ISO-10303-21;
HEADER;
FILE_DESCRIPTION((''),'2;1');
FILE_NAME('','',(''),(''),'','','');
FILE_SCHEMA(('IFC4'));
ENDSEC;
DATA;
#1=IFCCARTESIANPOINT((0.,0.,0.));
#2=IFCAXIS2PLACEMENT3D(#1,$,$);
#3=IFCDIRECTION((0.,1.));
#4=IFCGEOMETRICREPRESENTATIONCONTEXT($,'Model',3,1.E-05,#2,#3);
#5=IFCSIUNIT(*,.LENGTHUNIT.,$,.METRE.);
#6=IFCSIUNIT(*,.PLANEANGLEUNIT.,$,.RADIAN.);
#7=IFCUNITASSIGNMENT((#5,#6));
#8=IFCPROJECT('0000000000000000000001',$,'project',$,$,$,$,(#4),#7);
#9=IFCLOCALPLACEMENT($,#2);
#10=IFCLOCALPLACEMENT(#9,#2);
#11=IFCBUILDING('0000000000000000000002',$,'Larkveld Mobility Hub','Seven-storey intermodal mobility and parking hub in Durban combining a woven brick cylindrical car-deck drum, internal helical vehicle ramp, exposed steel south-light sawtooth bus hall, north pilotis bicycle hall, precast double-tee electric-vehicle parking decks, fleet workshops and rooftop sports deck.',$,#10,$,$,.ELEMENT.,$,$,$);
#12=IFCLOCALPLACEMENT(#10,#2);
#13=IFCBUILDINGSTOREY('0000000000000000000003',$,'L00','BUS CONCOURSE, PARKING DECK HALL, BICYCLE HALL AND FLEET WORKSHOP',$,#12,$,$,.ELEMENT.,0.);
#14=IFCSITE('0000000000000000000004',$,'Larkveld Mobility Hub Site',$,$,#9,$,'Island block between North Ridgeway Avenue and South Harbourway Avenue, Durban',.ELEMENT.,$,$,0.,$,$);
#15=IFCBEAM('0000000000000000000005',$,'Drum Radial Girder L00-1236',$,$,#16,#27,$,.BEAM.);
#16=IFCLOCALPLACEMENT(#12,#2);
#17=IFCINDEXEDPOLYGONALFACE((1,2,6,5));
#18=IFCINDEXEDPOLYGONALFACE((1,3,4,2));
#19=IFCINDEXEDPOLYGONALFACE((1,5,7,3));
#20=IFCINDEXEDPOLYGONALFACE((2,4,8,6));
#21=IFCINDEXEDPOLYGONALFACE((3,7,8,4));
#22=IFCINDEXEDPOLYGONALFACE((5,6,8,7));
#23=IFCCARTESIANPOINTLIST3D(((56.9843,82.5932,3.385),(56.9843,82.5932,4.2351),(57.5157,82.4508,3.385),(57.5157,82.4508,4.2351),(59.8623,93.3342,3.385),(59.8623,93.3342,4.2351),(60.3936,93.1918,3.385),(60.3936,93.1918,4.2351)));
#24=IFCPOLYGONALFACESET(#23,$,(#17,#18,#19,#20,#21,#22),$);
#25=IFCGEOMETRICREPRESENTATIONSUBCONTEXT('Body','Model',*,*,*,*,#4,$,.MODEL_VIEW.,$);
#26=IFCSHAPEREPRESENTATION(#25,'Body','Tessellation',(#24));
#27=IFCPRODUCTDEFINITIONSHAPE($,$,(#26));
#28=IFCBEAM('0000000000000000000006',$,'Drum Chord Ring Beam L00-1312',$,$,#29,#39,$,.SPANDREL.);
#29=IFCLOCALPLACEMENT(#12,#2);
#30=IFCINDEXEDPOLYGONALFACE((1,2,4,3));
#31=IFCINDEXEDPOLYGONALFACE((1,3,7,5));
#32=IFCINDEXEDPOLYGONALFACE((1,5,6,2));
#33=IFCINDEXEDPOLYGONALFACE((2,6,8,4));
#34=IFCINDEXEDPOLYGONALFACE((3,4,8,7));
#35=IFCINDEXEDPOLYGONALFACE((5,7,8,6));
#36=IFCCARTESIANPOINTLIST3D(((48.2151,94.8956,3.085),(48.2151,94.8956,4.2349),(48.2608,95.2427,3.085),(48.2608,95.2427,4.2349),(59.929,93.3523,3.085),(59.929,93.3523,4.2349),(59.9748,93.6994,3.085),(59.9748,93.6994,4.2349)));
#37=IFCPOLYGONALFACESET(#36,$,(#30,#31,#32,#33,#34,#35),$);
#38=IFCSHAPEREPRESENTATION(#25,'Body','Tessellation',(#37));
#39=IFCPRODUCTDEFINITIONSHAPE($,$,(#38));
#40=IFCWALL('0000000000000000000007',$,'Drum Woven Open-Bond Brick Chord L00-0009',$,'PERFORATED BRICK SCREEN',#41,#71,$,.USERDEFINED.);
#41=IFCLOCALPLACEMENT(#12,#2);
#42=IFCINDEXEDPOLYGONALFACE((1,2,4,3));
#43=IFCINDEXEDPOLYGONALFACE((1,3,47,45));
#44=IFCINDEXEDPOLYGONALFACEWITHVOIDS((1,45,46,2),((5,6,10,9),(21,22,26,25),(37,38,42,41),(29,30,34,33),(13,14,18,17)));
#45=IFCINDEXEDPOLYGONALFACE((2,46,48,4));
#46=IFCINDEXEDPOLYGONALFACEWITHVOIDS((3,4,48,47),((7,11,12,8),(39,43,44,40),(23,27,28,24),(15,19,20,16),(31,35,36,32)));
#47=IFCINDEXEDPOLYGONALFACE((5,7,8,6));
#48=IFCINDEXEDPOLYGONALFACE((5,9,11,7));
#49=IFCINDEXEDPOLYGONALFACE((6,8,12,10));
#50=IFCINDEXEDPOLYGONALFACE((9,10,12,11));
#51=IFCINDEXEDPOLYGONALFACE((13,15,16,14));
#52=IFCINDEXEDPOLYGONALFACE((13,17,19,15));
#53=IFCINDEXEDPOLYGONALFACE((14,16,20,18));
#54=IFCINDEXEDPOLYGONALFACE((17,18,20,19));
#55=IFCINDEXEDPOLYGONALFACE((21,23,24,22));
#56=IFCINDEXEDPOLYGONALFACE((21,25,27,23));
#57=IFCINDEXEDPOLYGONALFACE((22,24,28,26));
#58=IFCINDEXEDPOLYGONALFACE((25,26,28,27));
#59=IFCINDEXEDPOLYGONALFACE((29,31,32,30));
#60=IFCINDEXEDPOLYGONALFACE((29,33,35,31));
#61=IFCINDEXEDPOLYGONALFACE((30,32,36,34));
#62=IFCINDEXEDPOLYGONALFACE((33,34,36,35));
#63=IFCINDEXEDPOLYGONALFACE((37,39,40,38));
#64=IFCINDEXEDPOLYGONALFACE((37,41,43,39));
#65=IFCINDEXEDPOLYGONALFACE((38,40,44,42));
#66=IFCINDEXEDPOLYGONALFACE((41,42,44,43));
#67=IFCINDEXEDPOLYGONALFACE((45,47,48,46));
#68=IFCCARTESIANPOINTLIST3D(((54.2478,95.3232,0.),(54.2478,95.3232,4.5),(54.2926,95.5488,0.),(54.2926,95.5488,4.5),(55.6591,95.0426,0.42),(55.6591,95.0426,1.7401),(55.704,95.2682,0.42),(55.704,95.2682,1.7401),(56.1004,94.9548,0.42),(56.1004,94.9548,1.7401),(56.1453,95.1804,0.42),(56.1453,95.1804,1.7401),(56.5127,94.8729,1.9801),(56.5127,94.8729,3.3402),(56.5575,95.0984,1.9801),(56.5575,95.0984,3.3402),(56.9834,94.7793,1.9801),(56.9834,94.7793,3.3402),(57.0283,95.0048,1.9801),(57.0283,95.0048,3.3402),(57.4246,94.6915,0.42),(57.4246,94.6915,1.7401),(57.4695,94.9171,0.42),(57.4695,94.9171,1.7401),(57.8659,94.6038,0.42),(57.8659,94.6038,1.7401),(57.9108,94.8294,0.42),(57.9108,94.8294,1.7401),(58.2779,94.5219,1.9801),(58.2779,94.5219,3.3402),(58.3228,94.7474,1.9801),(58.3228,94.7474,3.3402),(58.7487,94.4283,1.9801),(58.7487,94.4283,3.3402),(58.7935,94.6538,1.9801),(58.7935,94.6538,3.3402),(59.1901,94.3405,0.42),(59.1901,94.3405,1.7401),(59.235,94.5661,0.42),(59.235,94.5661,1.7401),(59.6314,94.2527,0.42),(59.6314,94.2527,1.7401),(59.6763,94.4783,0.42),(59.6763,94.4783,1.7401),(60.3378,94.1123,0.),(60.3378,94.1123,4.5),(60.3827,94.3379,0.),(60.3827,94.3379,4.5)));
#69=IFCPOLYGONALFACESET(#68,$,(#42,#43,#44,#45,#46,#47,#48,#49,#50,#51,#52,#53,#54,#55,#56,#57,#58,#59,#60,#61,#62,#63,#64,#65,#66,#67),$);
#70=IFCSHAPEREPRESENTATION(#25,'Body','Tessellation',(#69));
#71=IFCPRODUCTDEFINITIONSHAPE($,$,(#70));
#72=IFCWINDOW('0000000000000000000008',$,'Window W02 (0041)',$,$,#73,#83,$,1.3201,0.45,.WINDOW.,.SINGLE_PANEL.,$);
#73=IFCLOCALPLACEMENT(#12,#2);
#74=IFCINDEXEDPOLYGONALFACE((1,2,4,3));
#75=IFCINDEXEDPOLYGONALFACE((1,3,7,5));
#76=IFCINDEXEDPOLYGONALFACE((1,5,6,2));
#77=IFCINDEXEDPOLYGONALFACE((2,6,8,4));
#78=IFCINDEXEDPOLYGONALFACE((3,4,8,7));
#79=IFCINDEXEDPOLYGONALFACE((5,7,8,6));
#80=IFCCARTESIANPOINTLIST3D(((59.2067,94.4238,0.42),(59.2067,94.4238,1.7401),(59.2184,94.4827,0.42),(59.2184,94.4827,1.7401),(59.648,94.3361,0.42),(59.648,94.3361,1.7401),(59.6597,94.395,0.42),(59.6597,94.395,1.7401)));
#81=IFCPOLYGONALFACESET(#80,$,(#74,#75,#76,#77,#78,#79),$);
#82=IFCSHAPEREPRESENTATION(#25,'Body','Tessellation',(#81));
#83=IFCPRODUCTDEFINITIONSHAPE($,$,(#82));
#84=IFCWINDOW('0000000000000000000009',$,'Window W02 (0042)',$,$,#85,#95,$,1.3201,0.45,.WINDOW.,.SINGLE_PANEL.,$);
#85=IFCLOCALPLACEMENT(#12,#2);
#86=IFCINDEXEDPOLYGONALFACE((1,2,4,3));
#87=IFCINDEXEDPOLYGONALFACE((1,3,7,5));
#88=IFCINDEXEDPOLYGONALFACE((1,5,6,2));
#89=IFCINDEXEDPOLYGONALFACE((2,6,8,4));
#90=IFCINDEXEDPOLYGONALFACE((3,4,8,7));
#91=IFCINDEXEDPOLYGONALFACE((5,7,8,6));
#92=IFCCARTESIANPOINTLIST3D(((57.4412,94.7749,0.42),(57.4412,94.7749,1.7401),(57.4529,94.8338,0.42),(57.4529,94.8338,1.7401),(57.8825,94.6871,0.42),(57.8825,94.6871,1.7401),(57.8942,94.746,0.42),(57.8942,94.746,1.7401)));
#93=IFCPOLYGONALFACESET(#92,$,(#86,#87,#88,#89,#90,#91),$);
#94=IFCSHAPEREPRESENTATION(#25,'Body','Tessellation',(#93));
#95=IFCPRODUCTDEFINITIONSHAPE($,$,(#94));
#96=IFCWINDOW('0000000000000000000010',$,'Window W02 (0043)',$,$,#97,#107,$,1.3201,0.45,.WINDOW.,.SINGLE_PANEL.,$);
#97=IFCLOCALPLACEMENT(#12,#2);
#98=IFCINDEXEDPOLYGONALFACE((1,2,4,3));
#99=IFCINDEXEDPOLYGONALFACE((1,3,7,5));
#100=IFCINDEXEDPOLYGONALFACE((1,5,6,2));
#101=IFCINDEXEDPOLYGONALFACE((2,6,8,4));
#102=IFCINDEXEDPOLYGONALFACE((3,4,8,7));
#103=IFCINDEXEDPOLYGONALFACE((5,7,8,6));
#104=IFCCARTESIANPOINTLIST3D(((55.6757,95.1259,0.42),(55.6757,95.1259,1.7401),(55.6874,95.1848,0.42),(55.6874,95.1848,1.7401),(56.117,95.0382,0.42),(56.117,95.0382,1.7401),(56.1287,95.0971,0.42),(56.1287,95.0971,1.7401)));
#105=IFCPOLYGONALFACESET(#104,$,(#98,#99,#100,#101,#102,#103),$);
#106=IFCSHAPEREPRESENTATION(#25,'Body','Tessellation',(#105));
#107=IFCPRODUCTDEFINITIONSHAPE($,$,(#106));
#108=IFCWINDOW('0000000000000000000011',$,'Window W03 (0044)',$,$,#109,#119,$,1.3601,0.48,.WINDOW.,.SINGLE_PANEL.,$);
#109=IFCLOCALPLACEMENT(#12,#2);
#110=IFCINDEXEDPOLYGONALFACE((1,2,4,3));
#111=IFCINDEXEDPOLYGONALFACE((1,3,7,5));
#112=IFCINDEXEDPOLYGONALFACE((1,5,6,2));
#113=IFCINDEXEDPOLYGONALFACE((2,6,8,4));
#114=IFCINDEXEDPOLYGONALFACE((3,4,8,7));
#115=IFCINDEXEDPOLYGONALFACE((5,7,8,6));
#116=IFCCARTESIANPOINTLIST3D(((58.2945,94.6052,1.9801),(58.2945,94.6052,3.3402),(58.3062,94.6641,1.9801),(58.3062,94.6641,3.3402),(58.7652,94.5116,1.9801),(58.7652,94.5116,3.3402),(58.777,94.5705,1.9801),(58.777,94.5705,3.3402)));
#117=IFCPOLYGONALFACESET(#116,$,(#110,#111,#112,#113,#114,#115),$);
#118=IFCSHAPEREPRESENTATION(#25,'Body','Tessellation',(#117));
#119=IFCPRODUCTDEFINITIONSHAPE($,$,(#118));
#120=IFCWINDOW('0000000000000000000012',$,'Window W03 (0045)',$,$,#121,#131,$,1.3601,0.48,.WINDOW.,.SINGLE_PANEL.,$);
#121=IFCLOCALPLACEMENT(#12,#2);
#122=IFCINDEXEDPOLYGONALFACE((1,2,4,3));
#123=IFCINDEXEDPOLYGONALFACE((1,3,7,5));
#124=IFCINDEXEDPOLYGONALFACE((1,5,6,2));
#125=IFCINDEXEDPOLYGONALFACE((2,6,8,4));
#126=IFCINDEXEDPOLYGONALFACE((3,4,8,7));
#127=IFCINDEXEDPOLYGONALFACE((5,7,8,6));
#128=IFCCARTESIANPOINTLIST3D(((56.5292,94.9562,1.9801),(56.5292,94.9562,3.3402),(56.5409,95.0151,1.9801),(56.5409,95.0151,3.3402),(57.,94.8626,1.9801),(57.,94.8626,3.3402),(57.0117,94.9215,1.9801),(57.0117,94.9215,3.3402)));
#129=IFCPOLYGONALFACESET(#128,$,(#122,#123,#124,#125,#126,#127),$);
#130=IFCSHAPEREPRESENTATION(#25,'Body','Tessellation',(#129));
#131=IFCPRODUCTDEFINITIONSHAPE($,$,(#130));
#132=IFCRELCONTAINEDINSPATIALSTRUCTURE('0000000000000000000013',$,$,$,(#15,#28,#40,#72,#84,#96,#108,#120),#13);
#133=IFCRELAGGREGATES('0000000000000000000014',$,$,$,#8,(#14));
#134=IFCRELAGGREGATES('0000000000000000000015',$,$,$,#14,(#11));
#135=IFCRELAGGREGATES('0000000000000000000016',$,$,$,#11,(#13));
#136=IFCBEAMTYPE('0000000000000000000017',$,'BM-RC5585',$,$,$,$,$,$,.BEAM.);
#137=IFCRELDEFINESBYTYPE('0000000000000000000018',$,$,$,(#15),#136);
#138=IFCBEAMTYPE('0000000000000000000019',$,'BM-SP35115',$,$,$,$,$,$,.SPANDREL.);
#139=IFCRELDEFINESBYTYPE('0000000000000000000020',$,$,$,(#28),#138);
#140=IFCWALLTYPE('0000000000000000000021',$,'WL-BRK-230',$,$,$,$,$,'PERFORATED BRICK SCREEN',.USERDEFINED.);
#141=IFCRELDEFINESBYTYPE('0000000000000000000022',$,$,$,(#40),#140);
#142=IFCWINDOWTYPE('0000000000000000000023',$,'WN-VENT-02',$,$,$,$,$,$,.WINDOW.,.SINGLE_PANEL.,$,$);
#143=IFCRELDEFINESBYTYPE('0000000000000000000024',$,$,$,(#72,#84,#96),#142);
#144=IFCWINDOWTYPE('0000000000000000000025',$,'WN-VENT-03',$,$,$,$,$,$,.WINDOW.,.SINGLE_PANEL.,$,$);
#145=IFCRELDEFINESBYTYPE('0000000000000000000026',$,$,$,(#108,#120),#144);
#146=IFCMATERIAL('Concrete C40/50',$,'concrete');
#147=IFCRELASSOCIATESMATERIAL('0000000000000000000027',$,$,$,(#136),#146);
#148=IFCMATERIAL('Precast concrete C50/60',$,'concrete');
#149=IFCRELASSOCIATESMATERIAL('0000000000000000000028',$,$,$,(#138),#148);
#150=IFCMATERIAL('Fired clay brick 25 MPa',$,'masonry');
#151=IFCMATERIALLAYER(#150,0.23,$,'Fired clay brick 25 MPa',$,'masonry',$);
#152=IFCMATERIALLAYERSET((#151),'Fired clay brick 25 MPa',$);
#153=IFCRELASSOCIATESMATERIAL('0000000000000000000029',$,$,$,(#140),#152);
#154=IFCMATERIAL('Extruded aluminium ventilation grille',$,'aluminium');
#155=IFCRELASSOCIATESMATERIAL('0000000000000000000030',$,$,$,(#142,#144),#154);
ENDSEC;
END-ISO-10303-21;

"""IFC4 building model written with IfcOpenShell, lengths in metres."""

from ifc_helpers import new_model, si_unit, direction, frame, frame_2d, origin, origin_2d, place, context, subcontext, project, spatial, rectangle, extrude, material, layer, layer_set, material_profile, profile_set, type_object, element, fill, save


model = new_model("IFC4")

# Units and contexts
model_context = context("Model", 3, precision=1e-05, world=origin(), true_north=direction((0.0, 1.0)))
body_context = subcontext(model_context, "Body", "Model", "MODEL_VIEW")
ifc_project = project(units=[si_unit("LENGTHUNIT", "METRE"), si_unit("PLANEANGLEUNIT", "RADIAN")], contexts=[model_context])

# Site, building, storey
site_placement = place(None, origin())
site = spatial("IfcSite", under=ifc_project, at=site_placement, Name="Larkveld Mobility Hub Site", LongName="Island block between North Ridgeway Avenue and South Harbourway Avenue, Durban", CompositionType="ELEMENT", RefElevation=0.0)
building_placement = place(site_placement, origin())
building = spatial("IfcBuilding", under=site, at=building_placement, Name="Larkveld Mobility Hub", Description="Seven-storey intermodal mobility and parking hub in Durban combining a woven brick cylindrical car-deck drum, internal helical vehicle ramp, exposed steel south-light sawtooth bus hall, north pilotis bicycle hall, precast double-tee electric-vehicle parking decks, fleet workshops and rooftop sports deck.", CompositionType="ELEMENT")
storey_placement = place(building_placement, origin())
storey = spatial("IfcBuildingStorey", under=building, at=storey_placement, Name="L00", Description="BUS CONCOURSE, PARKING DECK HALL, BICYCLE HALL AND FLEET WORKSHOP", CompositionType="ELEMENT", Elevation=0.0)

# Shared definitions
ifc_material_1 = material(Name="Concrete C40/50", Category="concrete")

# Beams
ifc_material_profile_1 = material_profile(ifc_material_1, rectangle(XDim=0.55, YDim=0.8501, at=origin_2d()), Name="RC BM 550x850")
ifc_profile_set_1 = profile_set([ifc_material_profile_1], Name="Concrete C40/50")
beam_type_1 = type_object("IfcBeamType", Name="BM-RC5585", PredefinedType="BEAM", material=ifc_profile_set_1)
beam_1_placement = place(storey_placement, frame((57.25, 82.522, 3.8101), z_axis=(0.25881, 0.965928, 0.0), x_axis=(-0.965928, 0.25881, 0.0)))
element("IfcBeam", 1, at=beam_1_placement, inside=storey, type_object=beam_type_1, Name="Drum Radial Girder L00-1236", PredefinedType="BEAM", context=body_context, shape_type="SweptSolid", body=[
    extrude(rectangle(XDim=0.55, YDim=0.8501, at=origin_2d()), origin(), (0.0, 0.0, 1.0), 11.1199),
])
ifc_material_2 = material(Name="Precast concrete C50/60", Category="concrete")
ifc_material_profile_2 = material_profile(ifc_material_2, rectangle(XDim=0.3501, YDim=1.1499, at=origin_2d()), Name="PC SP 350x1150")
ifc_profile_set_2 = profile_set([ifc_material_profile_2], Name="Precast concrete C50/60")
beam_type_2 = type_object("IfcBeamType", Name="BM-SP35115", PredefinedType="SPANDREL", material=ifc_profile_set_2)
beam_2_placement = place(storey_placement, frame((59.9519, 93.5259, 3.6599), z_axis=(-0.991433, 0.130614, 0.0), x_axis=(-0.130614, -0.991433, 0.0)))
element("IfcBeam", 2, at=beam_2_placement, inside=storey, type_object=beam_type_2, Name="Drum Chord Ring Beam L00-1312", PredefinedType="SPANDREL", context=body_context, shape_type="SweptSolid", body=[
    extrude(rectangle(XDim=0.3501, YDim=1.1499, at=origin_2d()), origin(), (0.0, 0.0, 1.0), 11.8152),
])

# Wall, openings, windows
ifc_material_3 = material(Name="Fired clay brick 25 MPa", Category="masonry")
ifc_layer = layer(ifc_material_3, 0.23, Name="Fired clay brick 25 MPa", Category="masonry")
ifc_layer_set = layer_set([ifc_layer], Name="Fired clay brick 25 MPa")
wall_type = type_object("IfcWallType", Name="WL-BRK-230", ElementType="PERFORATED BRICK SCREEN", PredefinedType="USERDEFINED", material=ifc_layer_set)
wall_placement = place(storey_placement, frame((60.3601, 94.2251, 0.0), z_axis=(0.0, 0.0, 1.0), x_axis=(-0.980799, 0.19502, 0.0)))
wall = element("IfcWall", 3, at=wall_placement, inside=storey, type_object=wall_type, Name="Drum Woven Open-Bond Brick Chord L00-0009", ObjectType="PERFORATED BRICK SCREEN", PredefinedType="USERDEFINED", context=body_context, shape_type="SweptSolid", body=[
    extrude(rectangle(XDim=6.2092, YDim=0.23, at=frame_2d((3.1045, 0.0))), origin(), (0.0, 0.0, 1.0), 4.5),
])
opening_1_placement = place(wall_placement, frame((0.72, 0.0, 0.4199)))
opening_1 = element("IfcOpeningElement", 4, at=opening_1_placement, cuts=wall, PredefinedType="OPENING", context=body_context, shape_type="SweptSolid", body=[
    extrude(rectangle(XDim=0.45, YDim=1.3201, at=frame_2d((0.2251, 0.6602))), frame((0.0, 0.125, 0.0), z_axis=(0.0, -1.0, 0.0), x_axis=(1.0, 0.0, 0.0)), (0.0, 0.0, 1.0), 0.25),
])
opening_2_placement = place(wall_placement, frame((2.52, 0.0, 0.4199)))
opening_2 = element("IfcOpeningElement", 5, at=opening_2_placement, cuts=wall, PredefinedType="OPENING", context=body_context, shape_type="SweptSolid", body=[
    extrude(rectangle(XDim=0.45, YDim=1.3201, at=frame_2d((0.2251, 0.6602))), frame((0.0, 0.125, 0.0), z_axis=(0.0, -1.0, 0.0), x_axis=(1.0, 0.0, 0.0)), (0.0, 0.0, 1.0), 0.25),
])
opening_3_placement = place(wall_placement, frame((4.3201, 0.0, 0.4199)))
opening_3 = element("IfcOpeningElement", 6, at=opening_3_placement, cuts=wall, PredefinedType="OPENING", context=body_context, shape_type="SweptSolid", body=[
    extrude(rectangle(XDim=0.45, YDim=1.3201, at=frame_2d((0.2251, 0.6602))), frame((0.0, 0.125, 0.0), z_axis=(0.0, -1.0, 0.0), x_axis=(1.0, 0.0, 0.0)), (0.0, 0.0, 1.0), 0.25),
])
opening_4_placement = place(wall_placement, frame((1.6201, 0.0, 1.98)))
opening_4 = element("IfcOpeningElement", 7, at=opening_4_placement, cuts=wall, PredefinedType="OPENING", context=body_context, shape_type="SweptSolid", body=[
    extrude(rectangle(XDim=0.48, YDim=1.3601, at=frame_2d((0.24, 0.6802))), frame((0.0, 0.125, 0.0), z_axis=(0.0, -1.0, 0.0), x_axis=(1.0, 0.0, 0.0)), (0.0, 0.0, 1.0), 0.25),
])
opening_5_placement = place(wall_placement, frame((3.4199, 0.0, 1.98)))
opening_5 = element("IfcOpeningElement", 8, at=opening_5_placement, cuts=wall, PredefinedType="OPENING", context=body_context, shape_type="SweptSolid", body=[
    extrude(rectangle(XDim=0.48, YDim=1.3601, at=frame_2d((0.24, 0.6802))), frame((0.0, 0.125, 0.0), z_axis=(0.0, -1.0, 0.0), x_axis=(1.0, 0.0, 0.0)), (0.0, 0.0, 1.0), 0.25),
])
ifc_material_4 = material(Name="Extruded aluminium ventilation grille", Category="aluminium")
window_type_1 = type_object("IfcWindowType", Name="WN-VENT-02", PartitioningType="SINGLE_PANEL", PredefinedType="WINDOW", material=ifc_material_4)
window_1_placement = place(opening_1_placement, origin())
window_1 = element("IfcWindow", 9, at=window_1_placement, inside=storey, type_object=window_type_1, Name="Window W02 (0041)", OverallHeight=1.3201, OverallWidth=0.45, PartitioningType="SINGLE_PANEL", PredefinedType="WINDOW", context=body_context, shape_type="SweptSolid", body=[
    extrude(rectangle(XDim=0.45, YDim=1.3201, at=frame_2d((0.2251, 0.6602))), frame((0.0, 0.03, 0.0), z_axis=(0.0, -1.0, 0.0), x_axis=(1.0, 0.0, 0.0)), (0.0, 0.0, 1.0), 0.0601),
])
fill(opening_1, window_1)
window_2_placement = place(opening_2_placement, origin())
window_2 = element("IfcWindow", 10, at=window_2_placement, inside=storey, type_object=window_type_1, Name="Window W02 (0042)", OverallHeight=1.3201, OverallWidth=0.45, PartitioningType="SINGLE_PANEL", PredefinedType="WINDOW", context=body_context, shape_type="SweptSolid", body=[
    extrude(rectangle(XDim=0.45, YDim=1.3201, at=frame_2d((0.2251, 0.6602))), frame((0.0, 0.03, 0.0), z_axis=(0.0, -1.0, 0.0), x_axis=(1.0, 0.0, 0.0)), (0.0, 0.0, 1.0), 0.0601),
])
fill(opening_2, window_2)
window_3_placement = place(opening_3_placement, origin())
window_3 = element("IfcWindow", 11, at=window_3_placement, inside=storey, type_object=window_type_1, Name="Window W02 (0043)", OverallHeight=1.3201, OverallWidth=0.45, PartitioningType="SINGLE_PANEL", PredefinedType="WINDOW", context=body_context, shape_type="SweptSolid", body=[
    extrude(rectangle(XDim=0.45, YDim=1.3201, at=frame_2d((0.2251, 0.6602))), frame((0.0, 0.03, 0.0), z_axis=(0.0, -1.0, 0.0), x_axis=(1.0, 0.0, 0.0)), (0.0, 0.0, 1.0), 0.0601),
])
fill(opening_3, window_3)
window_type_2 = type_object("IfcWindowType", Name="WN-VENT-03", PartitioningType="SINGLE_PANEL", PredefinedType="WINDOW", material=ifc_material_4)
window_4_placement = place(opening_4_placement, origin())
window_4 = element("IfcWindow", 12, at=window_4_placement, inside=storey, type_object=window_type_2, Name="Window W03 (0044)", OverallHeight=1.3601, OverallWidth=0.48, PartitioningType="SINGLE_PANEL", PredefinedType="WINDOW", context=body_context, shape_type="SweptSolid", body=[
    extrude(rectangle(XDim=0.48, YDim=1.3601, at=frame_2d((0.24, 0.6802))), frame((0.0, 0.03, 0.0), z_axis=(0.0, -1.0, 0.0), x_axis=(1.0, 0.0, 0.0)), (0.0, 0.0, 1.0), 0.0601),
])
fill(opening_4, window_4)
window_5_placement = place(opening_5_placement, origin())
window_5 = element("IfcWindow", 13, at=window_5_placement, inside=storey, type_object=window_type_2, Name="Window W03 (0045)", OverallHeight=1.3601, OverallWidth=0.48, PartitioningType="SINGLE_PANEL", PredefinedType="WINDOW", context=body_context, shape_type="SweptSolid", body=[
    extrude(rectangle(XDim=0.48, YDim=1.3601, at=frame_2d((0.24, 0.6802))), frame((0.0, 0.03, 0.0), z_axis=(0.0, -1.0, 0.0), x_axis=(1.0, 0.0, 0.0)), (0.0, 0.0, 1.0), 0.0601),
])
fill(opening_5, window_5)

save(model, "model.ifc")
